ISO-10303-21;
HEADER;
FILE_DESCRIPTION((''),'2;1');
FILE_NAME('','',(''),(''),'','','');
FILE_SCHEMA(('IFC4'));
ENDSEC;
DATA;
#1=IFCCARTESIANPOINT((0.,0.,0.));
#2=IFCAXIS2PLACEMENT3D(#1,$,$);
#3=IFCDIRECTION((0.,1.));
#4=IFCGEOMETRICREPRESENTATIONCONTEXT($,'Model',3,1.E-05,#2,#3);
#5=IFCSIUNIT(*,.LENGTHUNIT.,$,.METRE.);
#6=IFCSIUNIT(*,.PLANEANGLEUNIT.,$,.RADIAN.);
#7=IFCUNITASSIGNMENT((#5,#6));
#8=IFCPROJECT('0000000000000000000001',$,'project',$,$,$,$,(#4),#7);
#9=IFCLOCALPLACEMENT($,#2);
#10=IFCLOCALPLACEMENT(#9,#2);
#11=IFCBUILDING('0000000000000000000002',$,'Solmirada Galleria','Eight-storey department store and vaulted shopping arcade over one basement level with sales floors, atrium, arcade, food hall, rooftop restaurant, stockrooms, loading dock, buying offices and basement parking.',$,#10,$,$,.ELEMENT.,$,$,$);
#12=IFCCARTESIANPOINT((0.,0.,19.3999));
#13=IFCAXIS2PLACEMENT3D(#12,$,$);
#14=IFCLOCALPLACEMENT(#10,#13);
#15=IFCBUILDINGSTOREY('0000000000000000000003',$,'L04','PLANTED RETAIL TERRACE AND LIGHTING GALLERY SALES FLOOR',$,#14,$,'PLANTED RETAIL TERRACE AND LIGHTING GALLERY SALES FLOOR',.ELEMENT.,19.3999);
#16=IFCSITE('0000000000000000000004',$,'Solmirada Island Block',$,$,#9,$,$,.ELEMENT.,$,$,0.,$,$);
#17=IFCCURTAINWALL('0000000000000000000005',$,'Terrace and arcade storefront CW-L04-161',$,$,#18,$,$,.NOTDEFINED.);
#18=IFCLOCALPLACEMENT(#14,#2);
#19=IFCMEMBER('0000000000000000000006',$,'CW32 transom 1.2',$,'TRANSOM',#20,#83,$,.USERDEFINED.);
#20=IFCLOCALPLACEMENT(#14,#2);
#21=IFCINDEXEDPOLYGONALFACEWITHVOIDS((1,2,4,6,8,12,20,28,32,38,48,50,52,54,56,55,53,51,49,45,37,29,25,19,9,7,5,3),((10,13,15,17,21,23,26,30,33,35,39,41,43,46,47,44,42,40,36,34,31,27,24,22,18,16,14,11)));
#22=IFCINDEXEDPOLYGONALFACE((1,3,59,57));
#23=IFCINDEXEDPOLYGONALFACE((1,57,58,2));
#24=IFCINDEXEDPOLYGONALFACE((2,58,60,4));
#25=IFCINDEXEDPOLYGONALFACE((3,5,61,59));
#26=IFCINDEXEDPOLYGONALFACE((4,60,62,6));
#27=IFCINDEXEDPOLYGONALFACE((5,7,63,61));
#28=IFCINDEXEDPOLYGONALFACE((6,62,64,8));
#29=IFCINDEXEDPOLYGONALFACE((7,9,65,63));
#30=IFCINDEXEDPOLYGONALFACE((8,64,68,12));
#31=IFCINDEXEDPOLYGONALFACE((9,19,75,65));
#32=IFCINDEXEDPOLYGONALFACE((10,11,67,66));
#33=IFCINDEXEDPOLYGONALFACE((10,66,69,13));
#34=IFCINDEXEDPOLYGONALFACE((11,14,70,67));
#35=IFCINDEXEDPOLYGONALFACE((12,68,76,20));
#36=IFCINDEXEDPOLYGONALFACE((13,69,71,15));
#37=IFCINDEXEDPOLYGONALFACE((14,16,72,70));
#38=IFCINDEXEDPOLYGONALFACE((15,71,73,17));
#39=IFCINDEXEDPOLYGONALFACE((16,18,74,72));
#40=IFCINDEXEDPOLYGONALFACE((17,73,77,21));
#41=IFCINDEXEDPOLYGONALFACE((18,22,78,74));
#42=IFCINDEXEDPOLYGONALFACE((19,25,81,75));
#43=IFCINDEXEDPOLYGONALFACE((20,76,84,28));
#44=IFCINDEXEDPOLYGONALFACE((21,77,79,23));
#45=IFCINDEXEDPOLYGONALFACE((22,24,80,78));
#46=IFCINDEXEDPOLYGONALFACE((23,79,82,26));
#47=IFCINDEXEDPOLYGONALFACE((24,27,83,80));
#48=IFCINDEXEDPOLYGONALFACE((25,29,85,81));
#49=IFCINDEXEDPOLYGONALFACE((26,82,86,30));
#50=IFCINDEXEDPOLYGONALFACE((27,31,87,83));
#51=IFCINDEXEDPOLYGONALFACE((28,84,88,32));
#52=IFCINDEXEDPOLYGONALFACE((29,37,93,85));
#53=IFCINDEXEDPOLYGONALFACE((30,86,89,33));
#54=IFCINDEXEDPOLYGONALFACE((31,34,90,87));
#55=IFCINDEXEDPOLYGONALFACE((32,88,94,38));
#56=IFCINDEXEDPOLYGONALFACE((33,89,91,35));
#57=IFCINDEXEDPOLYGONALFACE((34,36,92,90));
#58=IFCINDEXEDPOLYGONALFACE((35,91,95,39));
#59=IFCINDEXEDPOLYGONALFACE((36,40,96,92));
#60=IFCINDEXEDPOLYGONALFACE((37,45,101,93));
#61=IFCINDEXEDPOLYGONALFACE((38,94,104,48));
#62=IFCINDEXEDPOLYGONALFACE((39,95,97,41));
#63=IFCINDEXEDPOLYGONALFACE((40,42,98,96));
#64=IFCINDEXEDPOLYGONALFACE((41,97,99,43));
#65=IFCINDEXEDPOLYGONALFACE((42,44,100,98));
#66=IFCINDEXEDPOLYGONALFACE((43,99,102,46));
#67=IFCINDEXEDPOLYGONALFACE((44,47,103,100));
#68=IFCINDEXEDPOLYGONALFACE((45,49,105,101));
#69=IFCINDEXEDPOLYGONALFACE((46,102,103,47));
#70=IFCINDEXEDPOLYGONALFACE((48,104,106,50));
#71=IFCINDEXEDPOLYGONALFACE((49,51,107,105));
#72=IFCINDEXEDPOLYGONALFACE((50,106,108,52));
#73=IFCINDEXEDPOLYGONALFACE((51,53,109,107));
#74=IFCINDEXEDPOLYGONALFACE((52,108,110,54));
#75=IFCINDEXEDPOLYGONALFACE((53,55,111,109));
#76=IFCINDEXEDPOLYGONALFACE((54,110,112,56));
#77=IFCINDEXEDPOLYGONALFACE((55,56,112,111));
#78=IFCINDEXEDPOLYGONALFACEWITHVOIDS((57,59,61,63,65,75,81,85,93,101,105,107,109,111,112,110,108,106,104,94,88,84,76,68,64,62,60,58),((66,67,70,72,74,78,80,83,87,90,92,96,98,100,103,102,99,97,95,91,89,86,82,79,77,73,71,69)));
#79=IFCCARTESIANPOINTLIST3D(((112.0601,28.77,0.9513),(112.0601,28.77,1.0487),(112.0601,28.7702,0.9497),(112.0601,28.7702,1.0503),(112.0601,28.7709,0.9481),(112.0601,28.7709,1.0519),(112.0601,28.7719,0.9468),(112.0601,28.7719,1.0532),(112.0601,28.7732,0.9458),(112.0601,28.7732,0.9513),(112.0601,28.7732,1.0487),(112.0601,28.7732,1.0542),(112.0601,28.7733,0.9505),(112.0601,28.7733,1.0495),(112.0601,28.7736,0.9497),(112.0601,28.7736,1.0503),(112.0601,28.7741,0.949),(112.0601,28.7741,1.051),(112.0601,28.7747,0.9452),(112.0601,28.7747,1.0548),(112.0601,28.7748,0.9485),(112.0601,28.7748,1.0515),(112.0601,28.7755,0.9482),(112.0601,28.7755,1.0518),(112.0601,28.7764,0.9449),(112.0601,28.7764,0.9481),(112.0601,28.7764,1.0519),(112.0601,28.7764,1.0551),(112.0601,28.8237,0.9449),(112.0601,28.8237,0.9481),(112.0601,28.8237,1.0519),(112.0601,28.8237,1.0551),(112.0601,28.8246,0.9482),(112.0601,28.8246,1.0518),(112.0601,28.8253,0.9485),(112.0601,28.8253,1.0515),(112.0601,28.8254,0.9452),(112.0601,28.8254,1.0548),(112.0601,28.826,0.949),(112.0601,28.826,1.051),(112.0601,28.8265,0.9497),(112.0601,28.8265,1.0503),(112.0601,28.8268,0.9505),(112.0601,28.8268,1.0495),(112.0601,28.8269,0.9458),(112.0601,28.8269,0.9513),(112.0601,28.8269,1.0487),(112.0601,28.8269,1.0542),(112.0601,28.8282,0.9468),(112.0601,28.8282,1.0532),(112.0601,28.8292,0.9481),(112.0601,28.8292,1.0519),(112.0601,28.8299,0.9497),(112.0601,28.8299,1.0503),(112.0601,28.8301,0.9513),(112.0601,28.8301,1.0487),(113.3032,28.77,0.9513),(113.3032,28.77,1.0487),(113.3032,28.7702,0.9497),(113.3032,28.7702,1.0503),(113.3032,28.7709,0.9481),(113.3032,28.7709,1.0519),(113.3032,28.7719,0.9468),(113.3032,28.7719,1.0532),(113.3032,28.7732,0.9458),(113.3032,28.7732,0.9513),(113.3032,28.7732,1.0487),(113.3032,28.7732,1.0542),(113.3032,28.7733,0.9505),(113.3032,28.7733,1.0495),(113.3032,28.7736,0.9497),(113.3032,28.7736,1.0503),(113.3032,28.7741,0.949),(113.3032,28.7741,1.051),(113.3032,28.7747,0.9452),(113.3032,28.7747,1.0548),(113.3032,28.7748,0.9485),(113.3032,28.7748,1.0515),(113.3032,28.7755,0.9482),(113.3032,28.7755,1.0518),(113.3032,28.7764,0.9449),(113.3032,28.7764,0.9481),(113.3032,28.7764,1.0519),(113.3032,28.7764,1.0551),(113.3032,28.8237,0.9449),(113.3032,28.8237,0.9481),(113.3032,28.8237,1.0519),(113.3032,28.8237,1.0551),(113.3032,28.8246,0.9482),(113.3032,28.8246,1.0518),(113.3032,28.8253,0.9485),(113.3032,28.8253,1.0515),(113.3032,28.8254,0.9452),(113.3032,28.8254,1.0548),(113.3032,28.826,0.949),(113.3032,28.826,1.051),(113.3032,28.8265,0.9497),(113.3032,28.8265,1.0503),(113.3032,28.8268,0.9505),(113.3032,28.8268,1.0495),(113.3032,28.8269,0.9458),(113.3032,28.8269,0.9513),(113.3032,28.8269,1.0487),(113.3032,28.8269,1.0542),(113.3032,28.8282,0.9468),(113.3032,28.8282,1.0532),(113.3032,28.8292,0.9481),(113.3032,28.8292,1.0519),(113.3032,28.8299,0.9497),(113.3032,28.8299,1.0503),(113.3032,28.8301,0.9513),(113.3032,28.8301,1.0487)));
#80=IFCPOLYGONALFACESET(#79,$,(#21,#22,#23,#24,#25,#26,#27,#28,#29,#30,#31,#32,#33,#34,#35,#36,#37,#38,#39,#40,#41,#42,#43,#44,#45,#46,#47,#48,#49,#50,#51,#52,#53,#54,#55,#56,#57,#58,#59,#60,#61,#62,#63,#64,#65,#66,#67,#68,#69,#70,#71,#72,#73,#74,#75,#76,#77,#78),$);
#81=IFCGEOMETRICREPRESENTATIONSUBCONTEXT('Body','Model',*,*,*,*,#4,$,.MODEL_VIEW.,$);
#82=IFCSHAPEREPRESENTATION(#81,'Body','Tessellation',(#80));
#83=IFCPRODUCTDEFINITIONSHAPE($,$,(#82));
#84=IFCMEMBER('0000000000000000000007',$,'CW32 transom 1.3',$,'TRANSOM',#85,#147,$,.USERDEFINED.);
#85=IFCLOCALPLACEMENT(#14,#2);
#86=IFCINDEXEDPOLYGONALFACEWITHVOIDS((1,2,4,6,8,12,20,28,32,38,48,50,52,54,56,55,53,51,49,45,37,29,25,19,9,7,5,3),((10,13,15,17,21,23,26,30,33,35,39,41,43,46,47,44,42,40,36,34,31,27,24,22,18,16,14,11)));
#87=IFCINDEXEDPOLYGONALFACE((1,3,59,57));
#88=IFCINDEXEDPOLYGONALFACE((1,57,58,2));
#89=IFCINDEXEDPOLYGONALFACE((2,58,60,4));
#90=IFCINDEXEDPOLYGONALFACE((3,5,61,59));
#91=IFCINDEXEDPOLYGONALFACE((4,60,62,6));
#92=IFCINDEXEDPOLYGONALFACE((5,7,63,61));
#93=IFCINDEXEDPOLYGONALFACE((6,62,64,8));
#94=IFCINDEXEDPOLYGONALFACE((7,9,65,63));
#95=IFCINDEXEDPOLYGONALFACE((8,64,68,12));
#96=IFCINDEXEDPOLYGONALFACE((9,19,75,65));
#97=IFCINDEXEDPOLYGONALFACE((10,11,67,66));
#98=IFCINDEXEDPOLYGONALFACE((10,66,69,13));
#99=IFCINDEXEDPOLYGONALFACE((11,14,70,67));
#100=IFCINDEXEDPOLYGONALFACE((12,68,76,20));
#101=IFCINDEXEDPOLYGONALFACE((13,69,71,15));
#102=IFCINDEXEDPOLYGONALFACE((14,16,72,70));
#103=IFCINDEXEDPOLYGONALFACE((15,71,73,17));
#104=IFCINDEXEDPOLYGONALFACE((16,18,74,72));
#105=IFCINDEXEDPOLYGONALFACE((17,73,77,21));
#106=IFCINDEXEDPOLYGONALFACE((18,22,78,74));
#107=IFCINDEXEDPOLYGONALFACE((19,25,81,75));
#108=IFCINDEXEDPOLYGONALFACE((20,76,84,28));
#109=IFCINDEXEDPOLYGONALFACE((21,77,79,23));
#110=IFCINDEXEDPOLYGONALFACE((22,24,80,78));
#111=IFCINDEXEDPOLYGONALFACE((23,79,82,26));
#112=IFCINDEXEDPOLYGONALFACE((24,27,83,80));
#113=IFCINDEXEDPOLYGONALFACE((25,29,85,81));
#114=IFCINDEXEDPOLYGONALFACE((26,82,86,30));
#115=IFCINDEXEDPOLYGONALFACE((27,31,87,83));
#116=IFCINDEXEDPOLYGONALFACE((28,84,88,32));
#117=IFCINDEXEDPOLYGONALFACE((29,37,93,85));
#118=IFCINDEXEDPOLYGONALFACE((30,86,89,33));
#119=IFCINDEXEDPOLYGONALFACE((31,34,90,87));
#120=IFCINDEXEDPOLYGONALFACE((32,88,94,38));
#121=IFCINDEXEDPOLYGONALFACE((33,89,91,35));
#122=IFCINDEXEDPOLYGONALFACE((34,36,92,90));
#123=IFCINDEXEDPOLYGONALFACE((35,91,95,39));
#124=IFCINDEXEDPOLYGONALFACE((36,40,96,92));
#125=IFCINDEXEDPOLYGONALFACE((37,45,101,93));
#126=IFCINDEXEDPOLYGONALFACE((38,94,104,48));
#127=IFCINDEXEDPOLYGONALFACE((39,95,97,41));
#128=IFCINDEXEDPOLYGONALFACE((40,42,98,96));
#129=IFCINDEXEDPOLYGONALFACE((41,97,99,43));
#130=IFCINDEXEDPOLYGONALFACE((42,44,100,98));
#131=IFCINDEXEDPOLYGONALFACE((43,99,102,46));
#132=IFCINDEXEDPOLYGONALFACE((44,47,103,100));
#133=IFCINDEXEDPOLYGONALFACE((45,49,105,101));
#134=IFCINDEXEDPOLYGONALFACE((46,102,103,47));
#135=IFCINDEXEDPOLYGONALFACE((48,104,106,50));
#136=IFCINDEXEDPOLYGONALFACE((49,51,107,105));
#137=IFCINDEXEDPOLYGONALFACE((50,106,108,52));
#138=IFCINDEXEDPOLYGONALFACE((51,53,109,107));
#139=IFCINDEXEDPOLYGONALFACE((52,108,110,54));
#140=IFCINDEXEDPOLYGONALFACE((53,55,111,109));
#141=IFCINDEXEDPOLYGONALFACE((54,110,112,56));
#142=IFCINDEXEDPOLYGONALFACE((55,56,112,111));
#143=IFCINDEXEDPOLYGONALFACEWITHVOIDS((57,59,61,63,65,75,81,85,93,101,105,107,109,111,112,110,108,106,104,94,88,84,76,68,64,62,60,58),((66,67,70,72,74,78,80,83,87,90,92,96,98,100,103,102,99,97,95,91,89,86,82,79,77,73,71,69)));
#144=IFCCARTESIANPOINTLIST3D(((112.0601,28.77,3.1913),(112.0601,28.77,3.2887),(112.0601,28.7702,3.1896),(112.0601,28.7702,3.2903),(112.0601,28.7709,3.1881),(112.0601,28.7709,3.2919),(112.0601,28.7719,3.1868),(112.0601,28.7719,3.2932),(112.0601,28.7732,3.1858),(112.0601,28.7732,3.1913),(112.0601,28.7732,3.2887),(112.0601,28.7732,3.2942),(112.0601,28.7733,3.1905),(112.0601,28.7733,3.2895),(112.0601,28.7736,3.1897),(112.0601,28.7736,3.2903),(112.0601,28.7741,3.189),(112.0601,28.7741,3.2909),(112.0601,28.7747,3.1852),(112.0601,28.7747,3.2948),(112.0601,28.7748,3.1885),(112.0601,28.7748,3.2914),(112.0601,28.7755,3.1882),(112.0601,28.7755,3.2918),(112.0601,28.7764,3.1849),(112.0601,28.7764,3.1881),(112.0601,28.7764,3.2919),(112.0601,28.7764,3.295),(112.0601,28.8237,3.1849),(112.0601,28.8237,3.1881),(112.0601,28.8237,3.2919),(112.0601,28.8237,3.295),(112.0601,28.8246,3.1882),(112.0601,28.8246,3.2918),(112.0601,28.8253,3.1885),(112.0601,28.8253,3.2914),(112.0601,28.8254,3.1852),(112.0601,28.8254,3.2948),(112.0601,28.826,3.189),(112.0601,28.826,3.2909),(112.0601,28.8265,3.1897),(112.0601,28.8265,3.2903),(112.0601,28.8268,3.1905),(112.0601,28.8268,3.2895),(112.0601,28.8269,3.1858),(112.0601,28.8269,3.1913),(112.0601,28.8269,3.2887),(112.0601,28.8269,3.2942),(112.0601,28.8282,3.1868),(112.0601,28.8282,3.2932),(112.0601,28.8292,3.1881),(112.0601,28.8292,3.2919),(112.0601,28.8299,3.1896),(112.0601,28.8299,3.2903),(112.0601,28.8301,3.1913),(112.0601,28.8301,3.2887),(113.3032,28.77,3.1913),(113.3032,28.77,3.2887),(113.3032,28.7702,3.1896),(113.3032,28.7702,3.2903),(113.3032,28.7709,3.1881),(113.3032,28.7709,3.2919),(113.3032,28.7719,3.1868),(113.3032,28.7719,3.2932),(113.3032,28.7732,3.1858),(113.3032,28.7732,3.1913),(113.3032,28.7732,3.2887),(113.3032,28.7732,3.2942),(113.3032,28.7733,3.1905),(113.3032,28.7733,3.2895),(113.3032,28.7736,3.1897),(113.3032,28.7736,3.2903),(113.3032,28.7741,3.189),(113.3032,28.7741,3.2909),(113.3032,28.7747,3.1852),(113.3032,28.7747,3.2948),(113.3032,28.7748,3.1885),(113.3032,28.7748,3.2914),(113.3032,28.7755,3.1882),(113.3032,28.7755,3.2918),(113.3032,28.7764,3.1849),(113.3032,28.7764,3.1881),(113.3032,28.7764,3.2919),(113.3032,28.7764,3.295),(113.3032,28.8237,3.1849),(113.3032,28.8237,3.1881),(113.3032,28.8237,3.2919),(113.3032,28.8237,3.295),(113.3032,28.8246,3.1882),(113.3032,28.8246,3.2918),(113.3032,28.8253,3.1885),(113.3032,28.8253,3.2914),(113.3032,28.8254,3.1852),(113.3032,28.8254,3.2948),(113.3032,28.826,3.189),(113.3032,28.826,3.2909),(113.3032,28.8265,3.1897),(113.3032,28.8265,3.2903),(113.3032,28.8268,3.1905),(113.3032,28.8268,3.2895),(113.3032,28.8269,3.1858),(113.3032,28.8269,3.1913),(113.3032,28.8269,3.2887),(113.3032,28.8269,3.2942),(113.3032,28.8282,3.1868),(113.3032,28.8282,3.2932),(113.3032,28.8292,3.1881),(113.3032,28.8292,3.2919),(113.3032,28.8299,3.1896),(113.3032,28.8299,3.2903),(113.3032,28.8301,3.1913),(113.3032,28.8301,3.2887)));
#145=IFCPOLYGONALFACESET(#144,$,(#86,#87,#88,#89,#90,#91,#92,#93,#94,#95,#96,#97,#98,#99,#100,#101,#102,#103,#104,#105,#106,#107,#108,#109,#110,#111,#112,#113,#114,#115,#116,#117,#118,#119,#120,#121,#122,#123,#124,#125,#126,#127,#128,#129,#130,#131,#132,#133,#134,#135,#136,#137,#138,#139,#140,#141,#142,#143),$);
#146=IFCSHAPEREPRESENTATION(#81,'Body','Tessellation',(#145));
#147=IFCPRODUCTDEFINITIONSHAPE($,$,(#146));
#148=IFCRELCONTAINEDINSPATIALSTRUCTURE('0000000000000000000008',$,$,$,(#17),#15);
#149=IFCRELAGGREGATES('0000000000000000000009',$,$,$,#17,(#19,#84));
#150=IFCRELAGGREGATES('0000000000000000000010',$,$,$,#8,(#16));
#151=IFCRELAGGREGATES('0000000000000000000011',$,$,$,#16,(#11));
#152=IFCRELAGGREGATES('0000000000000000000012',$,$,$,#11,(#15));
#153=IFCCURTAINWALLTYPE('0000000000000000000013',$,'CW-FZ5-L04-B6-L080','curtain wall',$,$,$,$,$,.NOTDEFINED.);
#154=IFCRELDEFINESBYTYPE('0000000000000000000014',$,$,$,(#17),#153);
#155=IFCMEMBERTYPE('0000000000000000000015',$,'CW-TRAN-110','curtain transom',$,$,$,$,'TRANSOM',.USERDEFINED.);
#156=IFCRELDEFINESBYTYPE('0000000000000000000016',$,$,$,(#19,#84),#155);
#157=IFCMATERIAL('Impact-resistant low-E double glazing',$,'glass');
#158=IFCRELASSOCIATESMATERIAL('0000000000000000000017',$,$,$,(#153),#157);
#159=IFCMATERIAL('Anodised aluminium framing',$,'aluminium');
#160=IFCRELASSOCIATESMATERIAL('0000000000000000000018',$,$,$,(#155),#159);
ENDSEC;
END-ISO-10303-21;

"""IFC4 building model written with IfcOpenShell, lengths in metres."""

from ifc_helpers import new_model, si_unit, direction, frame, origin, origin_2d, place, context, subcontext, project, spatial, hollow_rectangle, extrude, material, material_profile, profile_set, type_object, element, aggregate, save


model = new_model("IFC4")

# Units and contexts
model_context = context("Model", 3, precision=1e-05, world=origin(), true_north=direction((0.0, 1.0)))
body_context = subcontext(model_context, "Body", "Model", "MODEL_VIEW")
ifc_project = project(units=[si_unit("LENGTHUNIT", "METRE"), si_unit("PLANEANGLEUNIT", "RADIAN")], contexts=[model_context])

# Site, building, storey
site_placement = place(None, origin())
site = spatial("IfcSite", under=ifc_project, at=site_placement, Name="Solmirada Island Block", CompositionType="ELEMENT", RefElevation=0.0)
building_placement = place(site_placement, origin())
building = spatial("IfcBuilding", under=site, at=building_placement, Name="Solmirada Galleria", Description="Eight-storey department store and vaulted shopping arcade over one basement level with sales floors, atrium, arcade, food hall, rooftop restaurant, stockrooms, loading dock, buying offices and basement parking.", CompositionType="ELEMENT")
storey_placement = place(building_placement, frame((0.0, 0.0, 19.3999)))
storey = spatial("IfcBuildingStorey", under=building, at=storey_placement, Name="L04", Description="PLANTED RETAIL TERRACE AND LIGHTING GALLERY SALES FLOOR", LongName="PLANTED RETAIL TERRACE AND LIGHTING GALLERY SALES FLOOR", CompositionType="ELEMENT", Elevation=19.3999)

# Shared definitions
ifc_material_1 = material(Name="Impact-resistant low-E double glazing", Category="glass")
curtain_wall_type = type_object("IfcCurtainWallType", Name="CW-FZ5-L04-B6-L080", Description="curtain wall", PredefinedType="NOTDEFINED", material=ifc_material_1)
ifc_material_2 = material(Name="Anodised aluminium framing", Category="aluminium")

# Curtain wall
curtain_wall_1_placement = place(storey_placement, origin())
curtain_wall_1 = element("IfcCurtainWall", 1, at=curtain_wall_1_placement, inside=storey, type_object=curtain_wall_type, Name="Terrace and arcade storefront CW-L04-161", PredefinedType="NOTDEFINED")

# Members
ifc_material_profile_1 = material_profile(ifc_material_2, hollow_rectangle(XDim=0.0601, YDim=0.1101, WallThickness=0.0032, InnerFilletRadius=0.0032, OuterFilletRadius=0.0063, at=origin_2d()), Name="ALU-TRAN-110X60")
ifc_profile_set_1 = profile_set([ifc_material_profile_1], Name="Anodised aluminium framing")
member_type_1 = type_object("IfcMemberType", Name="CW-TRAN-110", Description="curtain transom", ElementType="TRANSOM", PredefinedType="USERDEFINED", material=ifc_profile_set_1)
member_1_placement = place(storey_placement, frame((112.0601, 28.8, 1.0), z_axis=(1.0, 0.0, 0.0), x_axis=(0.0, 1.0, 0.0)))
member_1 = element("IfcMember", 2, at=member_1_placement, type_object=member_type_1, Name="CW32 transom 1.2", ObjectType="TRANSOM", PredefinedType="USERDEFINED", context=body_context, shape_type="SweptSolid", body=[
    extrude(hollow_rectangle(XDim=0.0601, YDim=0.1101, WallThickness=0.0032, InnerFilletRadius=0.0032, OuterFilletRadius=0.0063, at=origin_2d()), origin(), (0.0, 0.0, 1.0), 1.2432),
])
member_2_placement = place(storey_placement, frame((112.0601, 28.8, 3.24), z_axis=(1.0, 0.0, 0.0), x_axis=(0.0, 1.0, 0.0)))
member_2 = element("IfcMember", 3, at=member_2_placement, type_object=member_type_1, Name="CW32 transom 1.3", ObjectType="TRANSOM", PredefinedType="USERDEFINED", context=body_context, shape_type="SweptSolid", body=[
    extrude(hollow_rectangle(XDim=0.0601, YDim=0.1101, WallThickness=0.0032, InnerFilletRadius=0.0032, OuterFilletRadius=0.0063, at=origin_2d()), origin(), (0.0, 0.0, 1.0), 1.2432),
])

aggregate(curtain_wall_1, [member_1, member_2])

save(model, "model.ifc")
